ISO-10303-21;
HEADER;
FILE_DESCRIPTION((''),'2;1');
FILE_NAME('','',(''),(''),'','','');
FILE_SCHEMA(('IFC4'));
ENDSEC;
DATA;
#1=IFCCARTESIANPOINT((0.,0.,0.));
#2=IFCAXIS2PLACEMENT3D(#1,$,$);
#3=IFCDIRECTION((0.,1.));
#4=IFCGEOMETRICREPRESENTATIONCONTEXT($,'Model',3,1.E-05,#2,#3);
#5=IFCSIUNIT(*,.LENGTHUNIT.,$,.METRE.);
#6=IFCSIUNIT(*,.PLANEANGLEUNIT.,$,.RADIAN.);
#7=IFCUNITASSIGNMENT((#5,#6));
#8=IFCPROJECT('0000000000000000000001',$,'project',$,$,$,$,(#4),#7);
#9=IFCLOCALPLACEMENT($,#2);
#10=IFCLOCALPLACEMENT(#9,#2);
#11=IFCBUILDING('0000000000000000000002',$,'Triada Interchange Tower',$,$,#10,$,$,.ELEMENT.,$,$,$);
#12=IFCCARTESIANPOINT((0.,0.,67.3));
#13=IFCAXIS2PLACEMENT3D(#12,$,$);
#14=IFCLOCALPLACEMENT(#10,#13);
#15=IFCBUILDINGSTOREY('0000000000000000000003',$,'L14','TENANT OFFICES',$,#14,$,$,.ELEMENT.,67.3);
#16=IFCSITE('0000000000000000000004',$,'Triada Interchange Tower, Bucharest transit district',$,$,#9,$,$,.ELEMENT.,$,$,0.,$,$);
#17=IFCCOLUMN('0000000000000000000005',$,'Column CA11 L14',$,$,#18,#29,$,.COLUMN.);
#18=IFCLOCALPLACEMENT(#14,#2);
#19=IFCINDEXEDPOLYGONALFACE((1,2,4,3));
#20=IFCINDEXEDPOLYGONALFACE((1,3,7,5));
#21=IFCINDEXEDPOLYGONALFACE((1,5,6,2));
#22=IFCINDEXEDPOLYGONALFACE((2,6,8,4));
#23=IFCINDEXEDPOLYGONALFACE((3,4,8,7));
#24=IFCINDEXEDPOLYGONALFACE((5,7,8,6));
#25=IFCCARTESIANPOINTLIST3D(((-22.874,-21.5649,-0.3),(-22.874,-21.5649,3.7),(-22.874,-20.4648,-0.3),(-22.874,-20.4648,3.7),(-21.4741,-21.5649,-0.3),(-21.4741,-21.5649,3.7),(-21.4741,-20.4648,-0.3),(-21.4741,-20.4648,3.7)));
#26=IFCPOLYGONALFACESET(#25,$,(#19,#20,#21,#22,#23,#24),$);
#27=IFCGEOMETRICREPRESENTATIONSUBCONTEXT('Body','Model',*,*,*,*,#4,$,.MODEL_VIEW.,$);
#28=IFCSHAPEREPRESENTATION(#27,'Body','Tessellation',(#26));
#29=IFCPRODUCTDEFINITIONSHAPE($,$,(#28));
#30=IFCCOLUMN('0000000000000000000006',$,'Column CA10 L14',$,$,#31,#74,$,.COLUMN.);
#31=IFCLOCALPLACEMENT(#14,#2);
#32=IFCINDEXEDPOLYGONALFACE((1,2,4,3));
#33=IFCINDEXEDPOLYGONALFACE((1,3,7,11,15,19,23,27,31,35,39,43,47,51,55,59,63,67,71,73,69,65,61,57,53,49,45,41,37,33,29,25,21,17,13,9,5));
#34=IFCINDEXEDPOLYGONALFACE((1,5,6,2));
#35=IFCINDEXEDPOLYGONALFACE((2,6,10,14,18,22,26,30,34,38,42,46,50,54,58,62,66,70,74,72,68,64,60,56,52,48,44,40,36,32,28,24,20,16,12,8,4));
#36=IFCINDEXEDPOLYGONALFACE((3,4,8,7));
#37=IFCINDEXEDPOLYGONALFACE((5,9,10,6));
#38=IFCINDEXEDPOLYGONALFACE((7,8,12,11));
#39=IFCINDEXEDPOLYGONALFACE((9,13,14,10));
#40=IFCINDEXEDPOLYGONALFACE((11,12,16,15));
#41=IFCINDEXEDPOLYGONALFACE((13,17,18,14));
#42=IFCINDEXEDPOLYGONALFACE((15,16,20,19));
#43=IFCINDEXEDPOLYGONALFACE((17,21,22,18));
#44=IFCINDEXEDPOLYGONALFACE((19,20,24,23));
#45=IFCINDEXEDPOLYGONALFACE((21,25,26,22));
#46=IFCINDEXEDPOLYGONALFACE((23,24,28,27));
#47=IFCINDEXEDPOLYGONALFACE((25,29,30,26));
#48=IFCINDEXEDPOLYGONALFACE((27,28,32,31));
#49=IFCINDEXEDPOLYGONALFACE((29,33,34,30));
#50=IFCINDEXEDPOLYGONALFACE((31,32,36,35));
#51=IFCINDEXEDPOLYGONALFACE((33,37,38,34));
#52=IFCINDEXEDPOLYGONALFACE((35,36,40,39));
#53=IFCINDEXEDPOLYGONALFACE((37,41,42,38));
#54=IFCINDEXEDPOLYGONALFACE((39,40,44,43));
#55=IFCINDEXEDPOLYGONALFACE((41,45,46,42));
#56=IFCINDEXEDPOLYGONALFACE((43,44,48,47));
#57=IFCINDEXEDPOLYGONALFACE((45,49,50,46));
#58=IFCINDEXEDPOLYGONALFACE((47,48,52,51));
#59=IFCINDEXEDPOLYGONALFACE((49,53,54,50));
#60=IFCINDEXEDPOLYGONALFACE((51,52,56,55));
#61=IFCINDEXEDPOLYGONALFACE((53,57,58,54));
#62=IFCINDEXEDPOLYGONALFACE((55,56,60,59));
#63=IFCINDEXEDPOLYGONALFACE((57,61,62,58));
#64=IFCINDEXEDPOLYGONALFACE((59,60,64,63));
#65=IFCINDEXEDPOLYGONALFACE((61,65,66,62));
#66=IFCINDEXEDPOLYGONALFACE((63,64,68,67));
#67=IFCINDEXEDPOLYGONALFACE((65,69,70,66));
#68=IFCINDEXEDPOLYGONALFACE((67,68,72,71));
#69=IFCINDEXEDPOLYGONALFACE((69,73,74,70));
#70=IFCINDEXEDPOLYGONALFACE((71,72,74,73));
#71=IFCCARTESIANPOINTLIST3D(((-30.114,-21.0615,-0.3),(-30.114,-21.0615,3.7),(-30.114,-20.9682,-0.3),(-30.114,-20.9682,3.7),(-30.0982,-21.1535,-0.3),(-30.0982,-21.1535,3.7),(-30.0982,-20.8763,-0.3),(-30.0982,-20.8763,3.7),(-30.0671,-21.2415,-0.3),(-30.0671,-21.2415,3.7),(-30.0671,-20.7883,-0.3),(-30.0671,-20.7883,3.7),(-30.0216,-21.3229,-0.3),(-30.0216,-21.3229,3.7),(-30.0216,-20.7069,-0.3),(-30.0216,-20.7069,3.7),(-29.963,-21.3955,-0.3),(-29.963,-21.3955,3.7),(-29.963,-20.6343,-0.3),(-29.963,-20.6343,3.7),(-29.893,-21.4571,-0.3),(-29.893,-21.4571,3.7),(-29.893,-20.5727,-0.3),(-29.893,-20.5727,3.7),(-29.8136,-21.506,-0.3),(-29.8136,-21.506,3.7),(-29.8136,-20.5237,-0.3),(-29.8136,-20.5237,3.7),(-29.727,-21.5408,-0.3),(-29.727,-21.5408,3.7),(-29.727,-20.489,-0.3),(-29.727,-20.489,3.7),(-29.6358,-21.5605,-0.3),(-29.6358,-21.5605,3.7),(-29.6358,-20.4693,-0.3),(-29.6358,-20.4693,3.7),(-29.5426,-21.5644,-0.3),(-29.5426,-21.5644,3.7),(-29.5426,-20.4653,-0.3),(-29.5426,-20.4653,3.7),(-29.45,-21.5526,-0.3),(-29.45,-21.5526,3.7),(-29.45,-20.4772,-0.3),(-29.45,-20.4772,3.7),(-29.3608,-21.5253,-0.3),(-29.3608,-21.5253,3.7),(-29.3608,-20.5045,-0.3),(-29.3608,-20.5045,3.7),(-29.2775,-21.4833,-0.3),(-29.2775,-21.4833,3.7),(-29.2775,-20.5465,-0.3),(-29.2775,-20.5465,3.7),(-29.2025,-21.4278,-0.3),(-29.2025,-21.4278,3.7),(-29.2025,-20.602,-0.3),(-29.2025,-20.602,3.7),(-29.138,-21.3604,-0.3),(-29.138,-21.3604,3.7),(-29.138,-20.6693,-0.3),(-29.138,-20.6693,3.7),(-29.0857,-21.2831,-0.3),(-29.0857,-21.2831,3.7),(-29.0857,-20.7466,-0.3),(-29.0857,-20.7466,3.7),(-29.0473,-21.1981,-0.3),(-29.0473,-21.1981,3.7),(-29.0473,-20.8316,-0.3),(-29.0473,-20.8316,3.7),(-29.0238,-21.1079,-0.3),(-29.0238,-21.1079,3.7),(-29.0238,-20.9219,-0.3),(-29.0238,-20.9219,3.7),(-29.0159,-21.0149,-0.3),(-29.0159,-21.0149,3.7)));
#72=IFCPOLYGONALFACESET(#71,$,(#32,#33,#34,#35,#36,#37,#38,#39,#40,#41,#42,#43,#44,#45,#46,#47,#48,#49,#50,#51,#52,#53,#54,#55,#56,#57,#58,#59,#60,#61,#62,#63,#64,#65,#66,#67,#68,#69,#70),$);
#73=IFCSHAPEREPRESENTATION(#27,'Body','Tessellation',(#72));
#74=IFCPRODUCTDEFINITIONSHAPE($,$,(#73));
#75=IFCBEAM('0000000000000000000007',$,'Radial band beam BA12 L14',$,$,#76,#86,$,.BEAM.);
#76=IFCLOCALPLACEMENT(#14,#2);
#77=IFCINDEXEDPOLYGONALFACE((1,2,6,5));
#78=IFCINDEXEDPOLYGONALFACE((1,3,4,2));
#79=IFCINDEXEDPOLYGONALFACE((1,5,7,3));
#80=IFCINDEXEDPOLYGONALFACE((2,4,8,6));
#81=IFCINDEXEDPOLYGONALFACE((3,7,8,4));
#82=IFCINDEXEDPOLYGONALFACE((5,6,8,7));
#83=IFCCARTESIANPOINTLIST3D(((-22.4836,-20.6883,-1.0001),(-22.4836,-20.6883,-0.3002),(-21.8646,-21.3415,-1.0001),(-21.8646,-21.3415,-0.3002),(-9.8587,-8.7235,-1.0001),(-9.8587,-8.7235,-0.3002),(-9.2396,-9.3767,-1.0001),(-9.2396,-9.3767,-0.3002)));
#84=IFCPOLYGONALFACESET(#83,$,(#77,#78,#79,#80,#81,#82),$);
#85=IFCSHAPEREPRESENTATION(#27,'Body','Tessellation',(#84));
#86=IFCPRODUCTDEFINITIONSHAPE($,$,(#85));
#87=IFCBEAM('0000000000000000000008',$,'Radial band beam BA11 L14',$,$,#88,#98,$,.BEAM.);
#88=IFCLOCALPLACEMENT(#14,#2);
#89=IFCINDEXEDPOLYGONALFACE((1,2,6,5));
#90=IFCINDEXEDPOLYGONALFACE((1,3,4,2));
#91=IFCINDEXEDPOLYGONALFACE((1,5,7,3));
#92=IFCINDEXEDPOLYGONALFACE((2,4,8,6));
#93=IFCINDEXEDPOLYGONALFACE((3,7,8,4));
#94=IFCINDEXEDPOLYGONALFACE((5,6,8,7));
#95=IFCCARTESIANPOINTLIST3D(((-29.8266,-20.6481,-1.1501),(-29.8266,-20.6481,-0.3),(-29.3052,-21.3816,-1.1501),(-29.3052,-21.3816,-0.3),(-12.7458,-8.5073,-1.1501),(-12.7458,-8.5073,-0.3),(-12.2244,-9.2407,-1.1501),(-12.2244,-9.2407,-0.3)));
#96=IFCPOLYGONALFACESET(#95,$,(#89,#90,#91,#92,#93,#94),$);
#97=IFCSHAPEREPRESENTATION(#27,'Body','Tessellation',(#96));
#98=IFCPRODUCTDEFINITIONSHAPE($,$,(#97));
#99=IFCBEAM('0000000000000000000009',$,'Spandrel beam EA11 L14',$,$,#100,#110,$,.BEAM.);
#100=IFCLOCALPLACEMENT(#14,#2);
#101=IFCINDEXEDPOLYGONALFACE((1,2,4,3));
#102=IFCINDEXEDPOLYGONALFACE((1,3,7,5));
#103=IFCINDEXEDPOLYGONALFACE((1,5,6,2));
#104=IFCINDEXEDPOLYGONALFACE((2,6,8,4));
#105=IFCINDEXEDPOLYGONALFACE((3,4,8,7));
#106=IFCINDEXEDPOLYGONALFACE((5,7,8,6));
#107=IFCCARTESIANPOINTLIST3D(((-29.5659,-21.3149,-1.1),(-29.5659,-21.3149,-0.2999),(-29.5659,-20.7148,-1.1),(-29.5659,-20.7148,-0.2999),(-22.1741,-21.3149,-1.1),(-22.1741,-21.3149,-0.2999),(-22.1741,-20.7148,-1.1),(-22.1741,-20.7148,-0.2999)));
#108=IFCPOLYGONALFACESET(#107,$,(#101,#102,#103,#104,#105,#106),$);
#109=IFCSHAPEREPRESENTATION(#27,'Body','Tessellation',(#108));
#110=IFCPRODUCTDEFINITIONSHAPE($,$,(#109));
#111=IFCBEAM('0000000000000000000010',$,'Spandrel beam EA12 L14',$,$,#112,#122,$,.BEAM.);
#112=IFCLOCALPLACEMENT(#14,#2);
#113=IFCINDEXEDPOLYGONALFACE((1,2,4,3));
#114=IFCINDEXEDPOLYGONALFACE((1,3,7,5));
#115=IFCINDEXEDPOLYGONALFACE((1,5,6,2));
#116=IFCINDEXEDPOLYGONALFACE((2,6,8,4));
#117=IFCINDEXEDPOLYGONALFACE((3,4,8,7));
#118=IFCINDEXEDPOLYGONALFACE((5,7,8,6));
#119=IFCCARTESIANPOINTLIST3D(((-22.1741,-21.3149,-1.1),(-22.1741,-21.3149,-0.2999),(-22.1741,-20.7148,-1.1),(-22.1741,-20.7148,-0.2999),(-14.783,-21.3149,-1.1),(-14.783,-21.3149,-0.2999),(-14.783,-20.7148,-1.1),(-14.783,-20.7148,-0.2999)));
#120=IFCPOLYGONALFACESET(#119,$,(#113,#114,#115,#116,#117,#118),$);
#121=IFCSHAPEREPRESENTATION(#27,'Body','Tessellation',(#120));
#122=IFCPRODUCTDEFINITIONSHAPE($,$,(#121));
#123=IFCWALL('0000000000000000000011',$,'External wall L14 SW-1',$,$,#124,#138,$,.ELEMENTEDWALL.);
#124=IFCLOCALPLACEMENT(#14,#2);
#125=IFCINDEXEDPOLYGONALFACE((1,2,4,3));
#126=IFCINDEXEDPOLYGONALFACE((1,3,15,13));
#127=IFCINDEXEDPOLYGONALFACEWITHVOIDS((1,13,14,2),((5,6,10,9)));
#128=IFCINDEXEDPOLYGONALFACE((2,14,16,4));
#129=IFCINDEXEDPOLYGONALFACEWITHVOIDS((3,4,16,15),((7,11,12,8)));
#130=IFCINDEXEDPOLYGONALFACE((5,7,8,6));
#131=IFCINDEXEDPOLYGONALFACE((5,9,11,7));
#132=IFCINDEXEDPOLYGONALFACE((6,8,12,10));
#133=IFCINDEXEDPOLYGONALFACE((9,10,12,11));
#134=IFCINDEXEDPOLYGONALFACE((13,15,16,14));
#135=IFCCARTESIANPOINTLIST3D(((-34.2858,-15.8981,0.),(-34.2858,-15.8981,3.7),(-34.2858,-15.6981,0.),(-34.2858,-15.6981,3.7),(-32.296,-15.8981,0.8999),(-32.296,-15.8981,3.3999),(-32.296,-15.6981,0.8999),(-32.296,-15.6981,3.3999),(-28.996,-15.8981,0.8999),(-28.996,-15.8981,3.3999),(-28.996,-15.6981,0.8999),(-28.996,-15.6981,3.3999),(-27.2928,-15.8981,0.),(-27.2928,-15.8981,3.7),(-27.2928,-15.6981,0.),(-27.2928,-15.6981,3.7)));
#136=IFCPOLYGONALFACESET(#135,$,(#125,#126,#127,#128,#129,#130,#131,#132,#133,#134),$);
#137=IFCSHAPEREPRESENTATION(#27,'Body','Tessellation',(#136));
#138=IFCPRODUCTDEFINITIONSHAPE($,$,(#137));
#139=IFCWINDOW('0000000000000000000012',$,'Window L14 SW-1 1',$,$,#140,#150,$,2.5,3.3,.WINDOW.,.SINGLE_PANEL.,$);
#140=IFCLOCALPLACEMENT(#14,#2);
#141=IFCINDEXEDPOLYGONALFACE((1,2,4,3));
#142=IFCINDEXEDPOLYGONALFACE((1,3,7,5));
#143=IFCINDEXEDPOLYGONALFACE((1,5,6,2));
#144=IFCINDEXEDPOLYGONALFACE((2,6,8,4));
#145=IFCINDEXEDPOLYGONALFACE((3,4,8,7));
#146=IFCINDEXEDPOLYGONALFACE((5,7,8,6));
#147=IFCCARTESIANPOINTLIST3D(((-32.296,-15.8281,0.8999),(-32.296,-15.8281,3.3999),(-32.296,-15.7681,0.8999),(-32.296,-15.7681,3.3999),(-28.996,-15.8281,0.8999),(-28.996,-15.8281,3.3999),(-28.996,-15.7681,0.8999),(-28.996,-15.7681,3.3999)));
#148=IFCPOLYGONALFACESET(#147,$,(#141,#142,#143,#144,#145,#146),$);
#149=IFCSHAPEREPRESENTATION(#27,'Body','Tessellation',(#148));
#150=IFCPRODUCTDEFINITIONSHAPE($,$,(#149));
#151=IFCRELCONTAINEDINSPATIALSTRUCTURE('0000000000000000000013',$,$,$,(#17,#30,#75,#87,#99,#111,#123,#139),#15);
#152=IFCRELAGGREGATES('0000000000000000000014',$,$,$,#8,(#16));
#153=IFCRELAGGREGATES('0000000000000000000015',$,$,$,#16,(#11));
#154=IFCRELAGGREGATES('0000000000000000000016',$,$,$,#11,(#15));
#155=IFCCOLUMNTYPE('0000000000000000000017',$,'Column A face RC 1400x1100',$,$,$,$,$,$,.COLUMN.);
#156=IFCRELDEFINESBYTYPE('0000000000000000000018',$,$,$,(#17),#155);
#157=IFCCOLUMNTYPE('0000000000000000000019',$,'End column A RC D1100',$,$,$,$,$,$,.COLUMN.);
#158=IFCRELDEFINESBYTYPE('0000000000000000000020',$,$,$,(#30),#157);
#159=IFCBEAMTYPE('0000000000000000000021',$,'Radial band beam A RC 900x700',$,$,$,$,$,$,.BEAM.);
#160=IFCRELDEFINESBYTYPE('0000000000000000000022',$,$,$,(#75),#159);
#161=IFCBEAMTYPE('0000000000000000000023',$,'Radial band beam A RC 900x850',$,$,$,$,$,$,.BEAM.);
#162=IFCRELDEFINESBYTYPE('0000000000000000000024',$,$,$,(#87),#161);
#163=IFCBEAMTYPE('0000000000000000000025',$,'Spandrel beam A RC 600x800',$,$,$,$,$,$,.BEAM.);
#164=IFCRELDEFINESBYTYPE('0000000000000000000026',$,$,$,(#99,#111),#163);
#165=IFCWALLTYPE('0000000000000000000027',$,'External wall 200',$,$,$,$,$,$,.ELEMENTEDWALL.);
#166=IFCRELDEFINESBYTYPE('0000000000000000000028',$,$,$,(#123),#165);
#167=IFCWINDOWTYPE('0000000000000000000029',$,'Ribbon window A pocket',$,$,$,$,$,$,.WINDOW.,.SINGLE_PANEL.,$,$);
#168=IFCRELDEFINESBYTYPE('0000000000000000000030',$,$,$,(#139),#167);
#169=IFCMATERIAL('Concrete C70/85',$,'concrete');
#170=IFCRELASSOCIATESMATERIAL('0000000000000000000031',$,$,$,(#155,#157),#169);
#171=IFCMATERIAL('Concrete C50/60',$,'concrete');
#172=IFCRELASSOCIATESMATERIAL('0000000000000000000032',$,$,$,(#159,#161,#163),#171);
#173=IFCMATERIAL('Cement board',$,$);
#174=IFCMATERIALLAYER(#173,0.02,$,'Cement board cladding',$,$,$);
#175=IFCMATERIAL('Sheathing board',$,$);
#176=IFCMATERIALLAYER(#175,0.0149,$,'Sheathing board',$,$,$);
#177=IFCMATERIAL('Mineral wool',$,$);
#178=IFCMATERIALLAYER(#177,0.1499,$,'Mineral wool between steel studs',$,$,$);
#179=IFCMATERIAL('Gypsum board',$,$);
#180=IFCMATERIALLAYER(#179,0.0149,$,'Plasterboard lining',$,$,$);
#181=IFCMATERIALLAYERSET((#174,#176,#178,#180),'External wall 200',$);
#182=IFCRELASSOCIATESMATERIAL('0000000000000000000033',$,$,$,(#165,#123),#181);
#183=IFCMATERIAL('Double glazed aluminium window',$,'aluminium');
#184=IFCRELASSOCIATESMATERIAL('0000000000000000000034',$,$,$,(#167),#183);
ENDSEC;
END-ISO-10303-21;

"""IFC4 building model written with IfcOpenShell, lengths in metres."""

from ifc_helpers import new_model, si_unit, direction, frame, frame_2d, origin, origin_2d, place, context, subcontext, project, spatial, rectangle, circle, extrude, material, layer, layer_set, layer_usage, material_profile, profile_set, type_object, element, fill, save


model = new_model("IFC4")

# Units and contexts
model_context = context("Model", 3, precision=1e-05, world=origin(), true_north=direction((0.0, 1.0)))
body_context = subcontext(model_context, "Body", "Model", "MODEL_VIEW")
ifc_project = project(units=[si_unit("LENGTHUNIT", "METRE"), si_unit("PLANEANGLEUNIT", "RADIAN")], contexts=[model_context])

# Site, building, storey
site_placement = place(None, origin())
site = spatial("IfcSite", under=ifc_project, at=site_placement, Name="Triada Interchange Tower, Bucharest transit district", CompositionType="ELEMENT", RefElevation=0.0)
building_placement = place(site_placement, origin())
building = spatial("IfcBuilding", under=site, at=building_placement, Name="Triada Interchange Tower", CompositionType="ELEMENT")
storey_placement = place(building_placement, frame((0.0, 0.0, 67.3)))
storey = spatial("IfcBuildingStorey", under=building, at=storey_placement, Name="L14", Description="TENANT OFFICES", CompositionType="ELEMENT", Elevation=67.3)

# Columns
ifc_material_1 = material(Name="Concrete C70/85", Category="concrete")
ifc_material_profile_1 = material_profile(ifc_material_1, rectangle(XDim=1.3999, YDim=1.1001, at=origin_2d()), Name="RC 1400x1100")
ifc_profile_set_1 = profile_set([ifc_material_profile_1], Name="Concrete C70/85")
column_type_1 = type_object("IfcColumnType", Name="Column A face RC 1400x1100", PredefinedType="COLUMN", material=ifc_profile_set_1)
column_1_placement = place(storey_placement, frame((-22.1741, -21.0149, -0.3), z_axis=(0.0, 0.0, 1.0), x_axis=(1.0, 0.0, 0.0)))
element("IfcColumn", 1, at=column_1_placement, inside=storey, type_object=column_type_1, Name="Column CA11 L14", PredefinedType="COLUMN", context=body_context, shape_type="SweptSolid", body=[
    extrude(rectangle(XDim=1.3999, YDim=1.1001, at=origin_2d()), origin(), (0.0, 0.0, 1.0), 4.0),
])
ifc_material_profile_2 = material_profile(ifc_material_1, circle(Radius=0.55, at=origin_2d()), Name="RC D1100")
ifc_profile_set_2 = profile_set([ifc_material_profile_2], Name="Concrete C70/85")
column_type_2 = type_object("IfcColumnType", Name="End column A RC D1100", PredefinedType="COLUMN", material=ifc_profile_set_2)
column_2_placement = place(storey_placement, frame((-29.5659, -21.0149, -0.3), z_axis=(0.0, 0.0, 1.0), x_axis=(1.0, 0.0, 0.0)))
element("IfcColumn", 2, at=column_2_placement, inside=storey, type_object=column_type_2, Name="Column CA10 L14", PredefinedType="COLUMN", context=body_context, shape_type="SweptSolid", body=[
    extrude(circle(Radius=0.55, at=origin_2d()), origin(), (0.0, 0.0, 1.0), 4.0),
])

# Beams
ifc_material_2 = material(Name="Concrete C50/60", Category="concrete")
ifc_material_profile_3 = material_profile(ifc_material_2, rectangle(XDim=0.8999, YDim=0.7, at=origin_2d()), Name="RC 900x700")
ifc_profile_set_3 = profile_set([ifc_material_profile_3], Name="Concrete C50/60")
beam_type_1 = type_object("IfcBeamType", Name="Radial band beam A RC 900x700", PredefinedType="BEAM", material=ifc_profile_set_3)
beam_1_placement = place(storey_placement, frame((-22.1741, -21.0149, -0.6501), z_axis=(0.725829, 0.687875, 0.0), x_axis=(-0.687875, 0.725829, 0.0)))
element("IfcBeam", 3, at=beam_1_placement, inside=storey, type_object=beam_type_1, Name="Radial band beam BA12 L14", PredefinedType="BEAM", context=body_context, shape_type="SweptSolid", body=[
    extrude(rectangle(XDim=0.8999, YDim=0.7, at=origin_2d()), origin(), (0.0, 0.0, 1.0), 17.3938),
])
ifc_material_profile_4 = material_profile(ifc_material_2, rectangle(XDim=0.8999, YDim=0.8501, at=origin_2d()), Name="RC 900x850")
ifc_profile_set_4 = profile_set([ifc_material_profile_4], Name="Concrete C50/60")
beam_type_2 = type_object("IfcBeamType", Name="Radial band beam A RC 900x850", PredefinedType="BEAM", material=ifc_profile_set_4)
beam_2_placement = place(storey_placement, frame((-29.5659, -21.0149, -0.7251), z_axis=(0.815079, 0.57935, 0.0), x_axis=(-0.57935, 0.815079, 0.0)))
element("IfcBeam", 4, at=beam_2_placement, inside=storey, type_object=beam_type_2, Name="Radial band beam BA11 L14", PredefinedType="BEAM", context=body_context, shape_type="SweptSolid", body=[
    extrude(rectangle(XDim=0.8999, YDim=0.8501, at=origin_2d()), origin(), (0.0, 0.0, 1.0), 20.9561),
])
ifc_material_profile_5 = material_profile(ifc_material_2, rectangle(XDim=0.6001, YDim=0.8, at=origin_2d()), Name="RC 600x800")
ifc_profile_set_5 = profile_set([ifc_material_profile_5], Name="Concrete C50/60")
beam_type_3 = type_object("IfcBeamType", Name="Spandrel beam A RC 600x800", PredefinedType="BEAM", material=ifc_profile_set_5)
beam_3_placement = place(storey_placement, frame((-29.5659, -21.0149, -0.7), z_axis=(1.0, 0.0, 0.0), x_axis=(0.0, 1.0, 0.0)))
element("IfcBeam", 5, at=beam_3_placement, inside=storey, type_object=beam_type_3, Name="Spandrel beam EA11 L14", PredefinedType="BEAM", context=body_context, shape_type="SweptSolid", body=[
    extrude(rectangle(XDim=0.6001, YDim=0.8, at=origin_2d()), origin(), (0.0, 0.0, 1.0), 7.3918),
])
beam_4_placement = place(storey_placement, frame((-22.1741, -21.0149, -0.7), z_axis=(1.0, 0.0, 0.0), x_axis=(0.0, 1.0, 0.0)))
element("IfcBeam", 6, at=beam_4_placement, inside=storey, type_object=beam_type_3, Name="Spandrel beam EA12 L14", PredefinedType="BEAM", context=body_context, shape_type="SweptSolid", body=[
    extrude(rectangle(XDim=0.6001, YDim=0.8, at=origin_2d()), origin(), (0.0, 0.0, 1.0), 7.3911),
])

# Wall, opening, window
ifc_material_3 = material(Name="Cement board")
ifc_layer_1 = layer(ifc_material_3, 0.02, Name="Cement board cladding")
ifc_material_4 = material(Name="Sheathing board")
ifc_layer_2 = layer(ifc_material_4, 0.0149, Name="Sheathing board")
ifc_material_5 = material(Name="Mineral wool")
ifc_layer_3 = layer(ifc_material_5, 0.1499, Name="Mineral wool between steel studs")
ifc_material_6 = material(Name="Gypsum board")
ifc_layer_4 = layer(ifc_material_6, 0.0149, Name="Plasterboard lining")
ifc_layer_set_1 = layer_set([ifc_layer_1, ifc_layer_2, ifc_layer_3, ifc_layer_4], Name="External wall 200")
ifc_layer_usage = layer_usage(ifc_layer_set_1, "AXIS2", "POSITIVE", -0.1001)
wall_type_1 = type_object("IfcWallType", Name="External wall 200", PredefinedType="ELEMENTEDWALL", material=ifc_layer_set_1)
wall_1_placement = place(storey_placement, frame((-34.2859, -15.7981, 0.0), z_axis=(0.0, 0.0, 1.0), x_axis=(1.0, 0.0, 0.0)))
wall_1 = element("IfcWall", 7, at=wall_1_placement, inside=storey, type_object=wall_type_1, material=ifc_layer_usage, Name="External wall L14 SW-1", PredefinedType="ELEMENTEDWALL", context=body_context, shape_type="SweptSolid", body=[
    extrude(rectangle(XDim=6.9929, YDim=0.2, at=frame_2d((3.4966, 0.0))), origin(), (0.0, 0.0, 1.0), 3.7),
])
opening_1_placement = place(wall_1_placement, frame((1.99, 0.0, 0.8999)))
opening_1 = element("IfcOpeningElement", 8, at=opening_1_placement, cuts=wall_1, PredefinedType="OPENING", context=body_context, shape_type="SweptSolid", body=[
    extrude(rectangle(XDim=3.3, YDim=2.5, at=frame_2d((1.6499, 1.25))), frame((0.0, 0.1099, 0.0), z_axis=(0.0, -1.0, 0.0), x_axis=(1.0, 0.0, 0.0)), (0.0, 0.0, 1.0), 0.22),
])
ifc_material_7 = material(Name="Double glazed aluminium window", Category="aluminium")
window_type_1 = type_object("IfcWindowType", Name="Ribbon window A pocket", PartitioningType="SINGLE_PANEL", PredefinedType="WINDOW", material=ifc_material_7)
window_1_placement = place(opening_1_placement, origin())
window_1 = element("IfcWindow", 9, at=window_1_placement, inside=storey, type_object=window_type_1, Name="Window L14 SW-1 1", OverallHeight=2.5, OverallWidth=3.3, PartitioningType="SINGLE_PANEL", PredefinedType="WINDOW", context=body_context, shape_type="SweptSolid", body=[
    extrude(rectangle(XDim=3.3, YDim=2.5, at=frame_2d((1.6499, 1.25))), frame((0.0, 0.03, 0.0), z_axis=(0.0, -1.0, 0.0), x_axis=(1.0, 0.0, 0.0)), (0.0, 0.0, 1.0), 0.0601),
])
fill(opening_1, window_1)

save(model, "model.ifc")
